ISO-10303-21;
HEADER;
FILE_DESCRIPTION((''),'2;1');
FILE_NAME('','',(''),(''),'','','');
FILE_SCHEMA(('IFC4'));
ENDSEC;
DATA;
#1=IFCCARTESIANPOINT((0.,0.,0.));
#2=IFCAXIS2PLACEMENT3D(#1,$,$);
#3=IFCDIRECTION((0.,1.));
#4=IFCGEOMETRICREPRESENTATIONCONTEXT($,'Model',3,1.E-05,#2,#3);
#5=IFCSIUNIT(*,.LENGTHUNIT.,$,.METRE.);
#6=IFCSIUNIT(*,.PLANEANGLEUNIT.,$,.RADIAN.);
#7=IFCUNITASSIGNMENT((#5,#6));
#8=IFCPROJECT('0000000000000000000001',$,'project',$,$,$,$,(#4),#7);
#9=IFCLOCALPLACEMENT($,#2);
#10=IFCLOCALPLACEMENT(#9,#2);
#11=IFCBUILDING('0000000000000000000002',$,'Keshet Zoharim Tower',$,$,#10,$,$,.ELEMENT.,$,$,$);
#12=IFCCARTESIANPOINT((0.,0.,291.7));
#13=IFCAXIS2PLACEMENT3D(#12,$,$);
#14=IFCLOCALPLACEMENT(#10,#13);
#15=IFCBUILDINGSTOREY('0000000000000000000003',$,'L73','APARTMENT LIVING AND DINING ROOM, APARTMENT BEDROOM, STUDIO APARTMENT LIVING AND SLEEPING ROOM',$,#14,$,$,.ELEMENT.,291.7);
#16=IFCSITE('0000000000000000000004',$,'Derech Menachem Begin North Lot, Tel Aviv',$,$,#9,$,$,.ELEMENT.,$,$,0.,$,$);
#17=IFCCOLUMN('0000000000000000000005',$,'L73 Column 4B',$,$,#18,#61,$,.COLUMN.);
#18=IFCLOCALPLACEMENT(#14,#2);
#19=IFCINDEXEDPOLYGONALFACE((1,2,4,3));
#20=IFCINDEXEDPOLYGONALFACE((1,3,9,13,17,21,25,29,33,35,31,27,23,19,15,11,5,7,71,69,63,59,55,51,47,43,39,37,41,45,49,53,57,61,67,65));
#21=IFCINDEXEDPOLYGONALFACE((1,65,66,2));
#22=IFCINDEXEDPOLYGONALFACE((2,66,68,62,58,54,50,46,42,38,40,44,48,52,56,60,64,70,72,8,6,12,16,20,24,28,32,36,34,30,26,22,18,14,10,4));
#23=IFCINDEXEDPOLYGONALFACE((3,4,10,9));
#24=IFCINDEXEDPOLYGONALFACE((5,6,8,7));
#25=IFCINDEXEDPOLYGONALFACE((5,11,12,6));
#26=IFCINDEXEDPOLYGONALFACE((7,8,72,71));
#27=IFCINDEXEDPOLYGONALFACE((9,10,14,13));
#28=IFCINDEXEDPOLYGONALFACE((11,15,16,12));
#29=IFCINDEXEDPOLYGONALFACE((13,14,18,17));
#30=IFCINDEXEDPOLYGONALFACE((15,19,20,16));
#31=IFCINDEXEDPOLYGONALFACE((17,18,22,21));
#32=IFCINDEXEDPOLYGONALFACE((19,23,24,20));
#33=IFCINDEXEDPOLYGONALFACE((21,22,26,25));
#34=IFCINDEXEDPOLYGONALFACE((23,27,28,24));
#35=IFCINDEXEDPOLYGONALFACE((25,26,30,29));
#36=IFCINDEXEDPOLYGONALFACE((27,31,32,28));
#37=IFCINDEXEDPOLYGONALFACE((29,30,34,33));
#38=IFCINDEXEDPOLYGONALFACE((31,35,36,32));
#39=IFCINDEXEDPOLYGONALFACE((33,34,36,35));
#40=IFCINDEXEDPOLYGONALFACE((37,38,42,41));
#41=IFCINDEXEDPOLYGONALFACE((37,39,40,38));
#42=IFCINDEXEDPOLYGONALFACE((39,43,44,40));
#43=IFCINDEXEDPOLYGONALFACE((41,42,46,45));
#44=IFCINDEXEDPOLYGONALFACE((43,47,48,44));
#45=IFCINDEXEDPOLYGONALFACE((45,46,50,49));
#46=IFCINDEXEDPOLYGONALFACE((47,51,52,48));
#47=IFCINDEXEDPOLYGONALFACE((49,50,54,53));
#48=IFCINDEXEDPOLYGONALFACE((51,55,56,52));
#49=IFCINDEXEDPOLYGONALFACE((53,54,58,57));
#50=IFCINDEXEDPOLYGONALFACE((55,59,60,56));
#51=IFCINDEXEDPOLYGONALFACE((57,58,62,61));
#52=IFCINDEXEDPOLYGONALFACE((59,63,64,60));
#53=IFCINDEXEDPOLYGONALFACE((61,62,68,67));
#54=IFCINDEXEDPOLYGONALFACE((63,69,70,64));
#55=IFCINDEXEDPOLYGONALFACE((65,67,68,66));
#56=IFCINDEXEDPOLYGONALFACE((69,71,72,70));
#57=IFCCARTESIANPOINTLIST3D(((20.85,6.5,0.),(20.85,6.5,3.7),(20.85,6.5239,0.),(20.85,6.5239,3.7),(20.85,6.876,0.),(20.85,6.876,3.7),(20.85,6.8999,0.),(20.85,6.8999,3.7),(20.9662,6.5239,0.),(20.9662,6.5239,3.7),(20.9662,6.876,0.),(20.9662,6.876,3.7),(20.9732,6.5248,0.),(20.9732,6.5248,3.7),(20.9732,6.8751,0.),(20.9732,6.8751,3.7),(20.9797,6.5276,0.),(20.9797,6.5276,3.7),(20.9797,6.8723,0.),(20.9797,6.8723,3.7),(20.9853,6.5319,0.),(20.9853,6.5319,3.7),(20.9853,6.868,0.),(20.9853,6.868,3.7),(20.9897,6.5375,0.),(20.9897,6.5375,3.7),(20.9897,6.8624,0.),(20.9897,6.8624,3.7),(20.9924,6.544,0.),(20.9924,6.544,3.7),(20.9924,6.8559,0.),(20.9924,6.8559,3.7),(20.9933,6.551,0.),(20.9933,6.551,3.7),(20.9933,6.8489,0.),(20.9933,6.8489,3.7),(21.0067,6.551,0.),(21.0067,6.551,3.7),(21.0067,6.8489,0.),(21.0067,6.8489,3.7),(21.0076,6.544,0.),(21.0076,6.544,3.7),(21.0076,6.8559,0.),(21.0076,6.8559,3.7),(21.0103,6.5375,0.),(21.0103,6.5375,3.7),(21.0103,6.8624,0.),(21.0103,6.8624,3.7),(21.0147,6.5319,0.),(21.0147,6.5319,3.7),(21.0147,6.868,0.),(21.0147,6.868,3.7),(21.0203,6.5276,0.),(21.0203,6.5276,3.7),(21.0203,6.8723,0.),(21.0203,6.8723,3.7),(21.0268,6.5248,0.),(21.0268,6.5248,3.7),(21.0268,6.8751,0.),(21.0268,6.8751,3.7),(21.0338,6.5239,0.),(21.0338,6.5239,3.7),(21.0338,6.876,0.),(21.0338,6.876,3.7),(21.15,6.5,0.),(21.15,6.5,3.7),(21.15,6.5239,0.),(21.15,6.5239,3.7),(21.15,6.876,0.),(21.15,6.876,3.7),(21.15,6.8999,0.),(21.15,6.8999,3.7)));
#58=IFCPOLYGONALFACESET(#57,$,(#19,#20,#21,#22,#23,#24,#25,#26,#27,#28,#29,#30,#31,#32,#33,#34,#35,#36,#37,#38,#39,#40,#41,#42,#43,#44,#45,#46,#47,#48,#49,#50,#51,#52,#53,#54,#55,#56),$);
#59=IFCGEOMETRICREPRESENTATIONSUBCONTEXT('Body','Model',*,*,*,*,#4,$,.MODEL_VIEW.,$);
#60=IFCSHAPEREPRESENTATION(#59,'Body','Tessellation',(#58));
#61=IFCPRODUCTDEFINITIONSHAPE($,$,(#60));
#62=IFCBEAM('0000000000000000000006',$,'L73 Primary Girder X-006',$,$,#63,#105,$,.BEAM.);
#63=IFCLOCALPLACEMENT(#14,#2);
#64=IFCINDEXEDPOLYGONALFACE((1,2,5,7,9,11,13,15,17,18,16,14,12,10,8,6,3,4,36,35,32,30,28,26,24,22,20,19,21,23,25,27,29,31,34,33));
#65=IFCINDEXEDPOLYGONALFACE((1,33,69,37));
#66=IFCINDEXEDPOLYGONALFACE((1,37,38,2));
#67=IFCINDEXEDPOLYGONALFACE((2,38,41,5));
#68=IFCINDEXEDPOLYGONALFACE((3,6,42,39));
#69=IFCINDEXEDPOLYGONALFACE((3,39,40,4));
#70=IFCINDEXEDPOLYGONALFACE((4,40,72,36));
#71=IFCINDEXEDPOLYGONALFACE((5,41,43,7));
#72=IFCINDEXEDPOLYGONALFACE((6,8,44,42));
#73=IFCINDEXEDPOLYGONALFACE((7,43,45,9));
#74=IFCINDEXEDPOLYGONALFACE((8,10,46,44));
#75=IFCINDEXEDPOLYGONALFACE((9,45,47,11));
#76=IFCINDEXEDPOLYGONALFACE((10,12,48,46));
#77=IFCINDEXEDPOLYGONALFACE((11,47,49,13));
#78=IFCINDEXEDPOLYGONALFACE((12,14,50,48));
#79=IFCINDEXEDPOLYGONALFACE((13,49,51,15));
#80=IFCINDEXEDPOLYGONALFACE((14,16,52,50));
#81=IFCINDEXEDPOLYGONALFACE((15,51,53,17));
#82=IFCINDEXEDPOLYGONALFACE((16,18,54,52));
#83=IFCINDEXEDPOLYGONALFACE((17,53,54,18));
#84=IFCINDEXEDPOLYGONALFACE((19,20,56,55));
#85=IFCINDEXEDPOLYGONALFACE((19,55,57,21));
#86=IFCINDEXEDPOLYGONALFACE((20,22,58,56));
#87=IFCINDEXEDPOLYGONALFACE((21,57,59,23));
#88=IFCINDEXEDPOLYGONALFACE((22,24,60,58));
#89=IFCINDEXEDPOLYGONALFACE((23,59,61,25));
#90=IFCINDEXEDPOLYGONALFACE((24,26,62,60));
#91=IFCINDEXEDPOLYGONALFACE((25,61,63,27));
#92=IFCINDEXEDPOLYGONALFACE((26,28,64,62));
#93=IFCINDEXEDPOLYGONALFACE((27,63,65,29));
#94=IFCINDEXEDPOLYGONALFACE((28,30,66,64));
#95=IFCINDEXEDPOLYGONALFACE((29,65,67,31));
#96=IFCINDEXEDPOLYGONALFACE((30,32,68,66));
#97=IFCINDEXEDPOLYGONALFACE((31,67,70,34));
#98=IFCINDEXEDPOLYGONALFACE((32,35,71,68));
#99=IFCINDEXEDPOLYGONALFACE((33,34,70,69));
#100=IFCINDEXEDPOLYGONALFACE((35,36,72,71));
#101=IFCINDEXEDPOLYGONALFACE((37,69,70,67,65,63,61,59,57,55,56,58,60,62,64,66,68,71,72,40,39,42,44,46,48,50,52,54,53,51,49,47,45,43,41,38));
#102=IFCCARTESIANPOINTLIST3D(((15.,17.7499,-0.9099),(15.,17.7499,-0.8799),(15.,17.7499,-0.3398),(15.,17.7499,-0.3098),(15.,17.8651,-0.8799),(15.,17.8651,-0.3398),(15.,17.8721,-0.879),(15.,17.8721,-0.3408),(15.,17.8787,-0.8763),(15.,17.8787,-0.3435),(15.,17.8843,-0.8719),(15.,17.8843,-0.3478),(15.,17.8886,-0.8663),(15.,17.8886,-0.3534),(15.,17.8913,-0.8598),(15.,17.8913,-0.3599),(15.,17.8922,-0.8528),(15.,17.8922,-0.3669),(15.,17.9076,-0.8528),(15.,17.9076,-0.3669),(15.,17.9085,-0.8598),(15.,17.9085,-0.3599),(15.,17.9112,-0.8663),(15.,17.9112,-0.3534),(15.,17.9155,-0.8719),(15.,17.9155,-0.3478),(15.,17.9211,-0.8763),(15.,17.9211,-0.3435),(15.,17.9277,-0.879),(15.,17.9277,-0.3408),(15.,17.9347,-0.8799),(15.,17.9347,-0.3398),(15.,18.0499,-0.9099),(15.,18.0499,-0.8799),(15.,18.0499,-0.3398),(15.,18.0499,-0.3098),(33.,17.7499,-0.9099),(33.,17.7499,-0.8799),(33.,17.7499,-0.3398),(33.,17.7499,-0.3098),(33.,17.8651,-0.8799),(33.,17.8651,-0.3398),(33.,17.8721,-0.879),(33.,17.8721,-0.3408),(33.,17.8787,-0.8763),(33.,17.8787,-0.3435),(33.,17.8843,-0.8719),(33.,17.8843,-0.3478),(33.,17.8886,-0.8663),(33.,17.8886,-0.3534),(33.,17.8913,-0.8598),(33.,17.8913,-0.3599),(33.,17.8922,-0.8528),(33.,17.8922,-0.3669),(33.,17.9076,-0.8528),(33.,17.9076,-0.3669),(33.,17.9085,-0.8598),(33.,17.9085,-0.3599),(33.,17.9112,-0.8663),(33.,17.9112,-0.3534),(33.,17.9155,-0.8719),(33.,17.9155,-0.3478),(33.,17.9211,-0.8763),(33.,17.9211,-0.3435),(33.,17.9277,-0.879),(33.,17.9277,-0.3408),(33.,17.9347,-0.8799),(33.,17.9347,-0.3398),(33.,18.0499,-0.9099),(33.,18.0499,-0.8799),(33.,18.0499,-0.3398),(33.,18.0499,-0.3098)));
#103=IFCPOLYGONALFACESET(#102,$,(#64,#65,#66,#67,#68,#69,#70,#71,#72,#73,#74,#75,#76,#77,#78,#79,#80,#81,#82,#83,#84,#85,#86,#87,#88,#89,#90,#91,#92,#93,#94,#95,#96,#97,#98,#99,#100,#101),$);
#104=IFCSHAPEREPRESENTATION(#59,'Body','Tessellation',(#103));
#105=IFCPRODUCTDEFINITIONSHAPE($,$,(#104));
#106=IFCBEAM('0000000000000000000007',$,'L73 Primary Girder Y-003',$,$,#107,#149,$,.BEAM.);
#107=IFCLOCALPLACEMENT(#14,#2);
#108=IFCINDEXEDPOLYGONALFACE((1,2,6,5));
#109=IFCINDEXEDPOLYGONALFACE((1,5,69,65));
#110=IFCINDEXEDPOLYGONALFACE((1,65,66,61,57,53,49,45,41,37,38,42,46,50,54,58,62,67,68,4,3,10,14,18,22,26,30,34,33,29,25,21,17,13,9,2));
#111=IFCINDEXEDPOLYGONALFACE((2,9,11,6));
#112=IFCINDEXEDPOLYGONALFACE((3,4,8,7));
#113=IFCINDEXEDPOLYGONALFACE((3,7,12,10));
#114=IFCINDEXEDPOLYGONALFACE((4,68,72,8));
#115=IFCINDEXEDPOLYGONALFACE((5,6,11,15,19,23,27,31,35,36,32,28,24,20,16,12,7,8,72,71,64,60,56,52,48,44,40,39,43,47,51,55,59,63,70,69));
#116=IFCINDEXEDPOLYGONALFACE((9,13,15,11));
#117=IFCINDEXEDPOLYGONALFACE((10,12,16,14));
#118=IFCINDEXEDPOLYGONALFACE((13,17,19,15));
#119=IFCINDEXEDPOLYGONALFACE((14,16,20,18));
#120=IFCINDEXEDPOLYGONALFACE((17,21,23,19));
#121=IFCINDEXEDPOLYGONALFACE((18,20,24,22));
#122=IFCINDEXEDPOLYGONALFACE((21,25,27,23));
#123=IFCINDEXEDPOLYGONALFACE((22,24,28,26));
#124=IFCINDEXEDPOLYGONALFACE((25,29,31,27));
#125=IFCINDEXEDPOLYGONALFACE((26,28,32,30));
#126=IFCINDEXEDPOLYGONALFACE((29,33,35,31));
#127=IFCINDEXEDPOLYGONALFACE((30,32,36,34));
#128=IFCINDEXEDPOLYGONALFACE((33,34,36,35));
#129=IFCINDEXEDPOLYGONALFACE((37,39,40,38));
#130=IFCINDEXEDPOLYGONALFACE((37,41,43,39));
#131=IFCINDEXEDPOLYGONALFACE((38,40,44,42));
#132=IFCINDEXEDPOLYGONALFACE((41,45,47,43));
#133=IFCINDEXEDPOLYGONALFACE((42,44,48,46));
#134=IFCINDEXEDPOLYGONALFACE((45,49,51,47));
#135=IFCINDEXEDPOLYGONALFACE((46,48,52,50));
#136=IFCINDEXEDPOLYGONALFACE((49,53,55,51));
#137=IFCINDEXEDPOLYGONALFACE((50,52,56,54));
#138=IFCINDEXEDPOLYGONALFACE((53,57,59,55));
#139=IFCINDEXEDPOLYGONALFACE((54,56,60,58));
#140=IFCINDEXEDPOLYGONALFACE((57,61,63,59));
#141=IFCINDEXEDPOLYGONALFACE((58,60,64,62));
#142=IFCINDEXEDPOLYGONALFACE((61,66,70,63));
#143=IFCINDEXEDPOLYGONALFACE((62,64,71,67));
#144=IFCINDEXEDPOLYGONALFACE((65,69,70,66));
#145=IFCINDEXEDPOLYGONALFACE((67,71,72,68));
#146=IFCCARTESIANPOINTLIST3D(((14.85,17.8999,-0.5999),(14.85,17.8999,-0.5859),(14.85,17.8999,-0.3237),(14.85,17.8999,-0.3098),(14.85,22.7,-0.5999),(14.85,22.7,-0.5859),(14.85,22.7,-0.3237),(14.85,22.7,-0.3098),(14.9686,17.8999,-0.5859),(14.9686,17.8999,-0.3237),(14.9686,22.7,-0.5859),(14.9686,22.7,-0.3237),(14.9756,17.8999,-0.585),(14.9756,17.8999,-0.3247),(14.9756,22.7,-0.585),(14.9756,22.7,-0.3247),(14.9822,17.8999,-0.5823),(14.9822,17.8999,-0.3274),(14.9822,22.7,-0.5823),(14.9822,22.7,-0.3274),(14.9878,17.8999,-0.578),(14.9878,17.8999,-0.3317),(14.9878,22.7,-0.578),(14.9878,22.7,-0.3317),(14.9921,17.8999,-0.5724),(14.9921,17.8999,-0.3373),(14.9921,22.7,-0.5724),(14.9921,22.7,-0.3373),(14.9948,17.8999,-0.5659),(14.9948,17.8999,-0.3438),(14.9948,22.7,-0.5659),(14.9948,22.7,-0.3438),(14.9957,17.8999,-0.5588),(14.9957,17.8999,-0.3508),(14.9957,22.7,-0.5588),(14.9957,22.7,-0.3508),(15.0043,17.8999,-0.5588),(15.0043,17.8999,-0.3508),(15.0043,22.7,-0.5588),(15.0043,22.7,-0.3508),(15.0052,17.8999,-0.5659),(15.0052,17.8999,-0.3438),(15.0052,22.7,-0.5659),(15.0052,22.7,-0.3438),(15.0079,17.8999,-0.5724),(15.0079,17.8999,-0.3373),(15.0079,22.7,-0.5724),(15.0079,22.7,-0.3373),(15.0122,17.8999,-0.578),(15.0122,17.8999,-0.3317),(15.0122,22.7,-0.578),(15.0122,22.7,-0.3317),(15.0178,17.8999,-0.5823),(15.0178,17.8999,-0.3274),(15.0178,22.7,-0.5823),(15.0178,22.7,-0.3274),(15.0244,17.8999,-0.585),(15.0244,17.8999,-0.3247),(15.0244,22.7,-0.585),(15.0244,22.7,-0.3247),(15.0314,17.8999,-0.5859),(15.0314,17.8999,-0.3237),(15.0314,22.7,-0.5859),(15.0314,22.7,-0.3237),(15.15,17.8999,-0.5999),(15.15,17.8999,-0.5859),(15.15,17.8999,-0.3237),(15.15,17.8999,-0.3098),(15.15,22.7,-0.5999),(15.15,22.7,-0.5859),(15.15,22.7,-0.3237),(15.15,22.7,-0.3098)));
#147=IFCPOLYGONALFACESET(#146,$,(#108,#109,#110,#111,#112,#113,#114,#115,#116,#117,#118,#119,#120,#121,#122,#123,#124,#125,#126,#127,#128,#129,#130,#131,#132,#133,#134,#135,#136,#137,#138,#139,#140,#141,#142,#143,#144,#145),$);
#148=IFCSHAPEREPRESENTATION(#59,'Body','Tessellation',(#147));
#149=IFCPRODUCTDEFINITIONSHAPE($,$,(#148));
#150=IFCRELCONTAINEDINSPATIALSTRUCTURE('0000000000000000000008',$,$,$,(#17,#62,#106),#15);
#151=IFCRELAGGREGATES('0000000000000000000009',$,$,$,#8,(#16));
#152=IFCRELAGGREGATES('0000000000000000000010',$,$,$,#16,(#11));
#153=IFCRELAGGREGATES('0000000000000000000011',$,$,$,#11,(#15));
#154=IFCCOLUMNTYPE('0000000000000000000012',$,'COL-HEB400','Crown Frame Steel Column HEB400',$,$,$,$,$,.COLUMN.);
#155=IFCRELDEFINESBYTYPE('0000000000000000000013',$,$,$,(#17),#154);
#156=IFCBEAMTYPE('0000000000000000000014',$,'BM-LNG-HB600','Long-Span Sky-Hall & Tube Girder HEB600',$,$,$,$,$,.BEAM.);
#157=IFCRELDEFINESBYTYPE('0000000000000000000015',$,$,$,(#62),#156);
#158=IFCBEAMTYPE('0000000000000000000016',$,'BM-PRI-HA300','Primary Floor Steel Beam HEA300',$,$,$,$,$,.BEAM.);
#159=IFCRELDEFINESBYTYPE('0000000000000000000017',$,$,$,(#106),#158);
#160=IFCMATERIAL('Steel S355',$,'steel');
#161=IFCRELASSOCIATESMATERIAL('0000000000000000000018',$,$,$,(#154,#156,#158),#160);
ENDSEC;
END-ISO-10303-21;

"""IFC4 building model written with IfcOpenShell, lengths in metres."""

from ifc_helpers import new_model, si_unit, direction, frame, origin, origin_2d, place, context, subcontext, project, spatial, i_section, extrude, material, material_profile, profile_set, type_object, element, save


model = new_model("IFC4")

# Units and contexts
model_context = context("Model", 3, precision=1e-05, world=origin(), true_north=direction((0.0, 1.0)))
body_context = subcontext(model_context, "Body", "Model", "MODEL_VIEW")
ifc_project = project(units=[si_unit("LENGTHUNIT", "METRE"), si_unit("PLANEANGLEUNIT", "RADIAN")], contexts=[model_context])

# Site, building, storey
site_placement = place(None, origin())
site = spatial("IfcSite", under=ifc_project, at=site_placement, Name="Derech Menachem Begin North Lot, Tel Aviv", CompositionType="ELEMENT", RefElevation=0.0)
building_placement = place(site_placement, origin())
building = spatial("IfcBuilding", under=site, at=building_placement, Name="Keshet Zoharim Tower", CompositionType="ELEMENT")
storey_placement = place(building_placement, frame((0.0, 0.0, 291.7)))
storey = spatial("IfcBuildingStorey", under=building, at=storey_placement, Name="L73", Description="APARTMENT LIVING AND DINING ROOM, APARTMENT BEDROOM, STUDIO APARTMENT LIVING AND SLEEPING ROOM", CompositionType="ELEMENT", Elevation=291.7)

# Column
ifc_material_1 = material(Name="Steel S355", Category="steel")
ifc_material_profile_1 = material_profile(ifc_material_1, i_section(OverallWidth=0.3, OverallDepth=0.3999, WebThickness=0.0134, FlangeThickness=0.0239, FilletRadius=0.0271, at=origin_2d()), Name="HEB400")
ifc_profile_set_1 = profile_set([ifc_material_profile_1], Name="Steel S355")
column_type = type_object("IfcColumnType", Name="COL-HEB400", Description="Crown Frame Steel Column HEB400", PredefinedType="COLUMN", material=ifc_profile_set_1)
column_placement = place(storey_placement, frame((21.0, 6.7, 0.0), z_axis=(0.0, 0.0, 1.0), x_axis=(1.0, 0.0, 0.0)))
element("IfcColumn", 1, at=column_placement, inside=storey, type_object=column_type, Name="L73 Column 4B", PredefinedType="COLUMN", context=body_context, shape_type="SweptSolid", body=[
    extrude(i_section(OverallWidth=0.3, OverallDepth=0.3999, WebThickness=0.0134, FlangeThickness=0.0239, FilletRadius=0.0271, at=origin_2d()), origin(), (0.0, 0.0, 1.0), 3.7),
])

# Beams
ifc_material_profile_2 = material_profile(ifc_material_1, i_section(OverallWidth=0.3, OverallDepth=0.6001, WebThickness=0.0154, FlangeThickness=0.03, FilletRadius=0.0271, at=origin_2d()), Name="HEB600")
ifc_profile_set_2 = profile_set([ifc_material_profile_2], Name="Steel S355")
beam_type_1 = type_object("IfcBeamType", Name="BM-LNG-HB600", Description="Long-Span Sky-Hall & Tube Girder HEB600", PredefinedType="BEAM", material=ifc_profile_set_2)
beam_1_placement = place(storey_placement, frame((15.0, 17.8999, -0.6099), z_axis=(1.0, 0.0, 0.0), x_axis=(0.0, 1.0, 0.0)))
element("IfcBeam", 2, at=beam_1_placement, inside=storey, type_object=beam_type_1, Name="L73 Primary Girder X-006", PredefinedType="BEAM", context=body_context, shape_type="SweptSolid", body=[
    extrude(i_section(OverallWidth=0.3, OverallDepth=0.6001, WebThickness=0.0154, FlangeThickness=0.03, FilletRadius=0.0271, at=origin_2d()), origin(), (0.0, 0.0, 1.0), 18.0),
])
ifc_material_profile_3 = material_profile(ifc_material_1, i_section(OverallWidth=0.3, OverallDepth=0.29, WebThickness=0.0085, FlangeThickness=0.0139, FilletRadius=0.0271, at=origin_2d()), Name="HEA300")
ifc_profile_set_3 = profile_set([ifc_material_profile_3], Name="Steel S355")
beam_type_2 = type_object("IfcBeamType", Name="BM-PRI-HA300", Description="Primary Floor Steel Beam HEA300", PredefinedType="BEAM", material=ifc_profile_set_3)
beam_2_placement = place(storey_placement, frame((15.0, 17.8999, -0.4548), z_axis=(0.0, 1.0, 0.0), x_axis=(-1.0, 0.0, 0.0)))
element("IfcBeam", 3, at=beam_2_placement, inside=storey, type_object=beam_type_2, Name="L73 Primary Girder Y-003", PredefinedType="BEAM", context=body_context, shape_type="SweptSolid", body=[
    extrude(i_section(OverallWidth=0.3, OverallDepth=0.29, WebThickness=0.0085, FlangeThickness=0.0139, FilletRadius=0.0271, at=origin_2d()), origin(), (0.0, 0.0, 1.0), 4.8),
])

save(model, "model.ifc")
